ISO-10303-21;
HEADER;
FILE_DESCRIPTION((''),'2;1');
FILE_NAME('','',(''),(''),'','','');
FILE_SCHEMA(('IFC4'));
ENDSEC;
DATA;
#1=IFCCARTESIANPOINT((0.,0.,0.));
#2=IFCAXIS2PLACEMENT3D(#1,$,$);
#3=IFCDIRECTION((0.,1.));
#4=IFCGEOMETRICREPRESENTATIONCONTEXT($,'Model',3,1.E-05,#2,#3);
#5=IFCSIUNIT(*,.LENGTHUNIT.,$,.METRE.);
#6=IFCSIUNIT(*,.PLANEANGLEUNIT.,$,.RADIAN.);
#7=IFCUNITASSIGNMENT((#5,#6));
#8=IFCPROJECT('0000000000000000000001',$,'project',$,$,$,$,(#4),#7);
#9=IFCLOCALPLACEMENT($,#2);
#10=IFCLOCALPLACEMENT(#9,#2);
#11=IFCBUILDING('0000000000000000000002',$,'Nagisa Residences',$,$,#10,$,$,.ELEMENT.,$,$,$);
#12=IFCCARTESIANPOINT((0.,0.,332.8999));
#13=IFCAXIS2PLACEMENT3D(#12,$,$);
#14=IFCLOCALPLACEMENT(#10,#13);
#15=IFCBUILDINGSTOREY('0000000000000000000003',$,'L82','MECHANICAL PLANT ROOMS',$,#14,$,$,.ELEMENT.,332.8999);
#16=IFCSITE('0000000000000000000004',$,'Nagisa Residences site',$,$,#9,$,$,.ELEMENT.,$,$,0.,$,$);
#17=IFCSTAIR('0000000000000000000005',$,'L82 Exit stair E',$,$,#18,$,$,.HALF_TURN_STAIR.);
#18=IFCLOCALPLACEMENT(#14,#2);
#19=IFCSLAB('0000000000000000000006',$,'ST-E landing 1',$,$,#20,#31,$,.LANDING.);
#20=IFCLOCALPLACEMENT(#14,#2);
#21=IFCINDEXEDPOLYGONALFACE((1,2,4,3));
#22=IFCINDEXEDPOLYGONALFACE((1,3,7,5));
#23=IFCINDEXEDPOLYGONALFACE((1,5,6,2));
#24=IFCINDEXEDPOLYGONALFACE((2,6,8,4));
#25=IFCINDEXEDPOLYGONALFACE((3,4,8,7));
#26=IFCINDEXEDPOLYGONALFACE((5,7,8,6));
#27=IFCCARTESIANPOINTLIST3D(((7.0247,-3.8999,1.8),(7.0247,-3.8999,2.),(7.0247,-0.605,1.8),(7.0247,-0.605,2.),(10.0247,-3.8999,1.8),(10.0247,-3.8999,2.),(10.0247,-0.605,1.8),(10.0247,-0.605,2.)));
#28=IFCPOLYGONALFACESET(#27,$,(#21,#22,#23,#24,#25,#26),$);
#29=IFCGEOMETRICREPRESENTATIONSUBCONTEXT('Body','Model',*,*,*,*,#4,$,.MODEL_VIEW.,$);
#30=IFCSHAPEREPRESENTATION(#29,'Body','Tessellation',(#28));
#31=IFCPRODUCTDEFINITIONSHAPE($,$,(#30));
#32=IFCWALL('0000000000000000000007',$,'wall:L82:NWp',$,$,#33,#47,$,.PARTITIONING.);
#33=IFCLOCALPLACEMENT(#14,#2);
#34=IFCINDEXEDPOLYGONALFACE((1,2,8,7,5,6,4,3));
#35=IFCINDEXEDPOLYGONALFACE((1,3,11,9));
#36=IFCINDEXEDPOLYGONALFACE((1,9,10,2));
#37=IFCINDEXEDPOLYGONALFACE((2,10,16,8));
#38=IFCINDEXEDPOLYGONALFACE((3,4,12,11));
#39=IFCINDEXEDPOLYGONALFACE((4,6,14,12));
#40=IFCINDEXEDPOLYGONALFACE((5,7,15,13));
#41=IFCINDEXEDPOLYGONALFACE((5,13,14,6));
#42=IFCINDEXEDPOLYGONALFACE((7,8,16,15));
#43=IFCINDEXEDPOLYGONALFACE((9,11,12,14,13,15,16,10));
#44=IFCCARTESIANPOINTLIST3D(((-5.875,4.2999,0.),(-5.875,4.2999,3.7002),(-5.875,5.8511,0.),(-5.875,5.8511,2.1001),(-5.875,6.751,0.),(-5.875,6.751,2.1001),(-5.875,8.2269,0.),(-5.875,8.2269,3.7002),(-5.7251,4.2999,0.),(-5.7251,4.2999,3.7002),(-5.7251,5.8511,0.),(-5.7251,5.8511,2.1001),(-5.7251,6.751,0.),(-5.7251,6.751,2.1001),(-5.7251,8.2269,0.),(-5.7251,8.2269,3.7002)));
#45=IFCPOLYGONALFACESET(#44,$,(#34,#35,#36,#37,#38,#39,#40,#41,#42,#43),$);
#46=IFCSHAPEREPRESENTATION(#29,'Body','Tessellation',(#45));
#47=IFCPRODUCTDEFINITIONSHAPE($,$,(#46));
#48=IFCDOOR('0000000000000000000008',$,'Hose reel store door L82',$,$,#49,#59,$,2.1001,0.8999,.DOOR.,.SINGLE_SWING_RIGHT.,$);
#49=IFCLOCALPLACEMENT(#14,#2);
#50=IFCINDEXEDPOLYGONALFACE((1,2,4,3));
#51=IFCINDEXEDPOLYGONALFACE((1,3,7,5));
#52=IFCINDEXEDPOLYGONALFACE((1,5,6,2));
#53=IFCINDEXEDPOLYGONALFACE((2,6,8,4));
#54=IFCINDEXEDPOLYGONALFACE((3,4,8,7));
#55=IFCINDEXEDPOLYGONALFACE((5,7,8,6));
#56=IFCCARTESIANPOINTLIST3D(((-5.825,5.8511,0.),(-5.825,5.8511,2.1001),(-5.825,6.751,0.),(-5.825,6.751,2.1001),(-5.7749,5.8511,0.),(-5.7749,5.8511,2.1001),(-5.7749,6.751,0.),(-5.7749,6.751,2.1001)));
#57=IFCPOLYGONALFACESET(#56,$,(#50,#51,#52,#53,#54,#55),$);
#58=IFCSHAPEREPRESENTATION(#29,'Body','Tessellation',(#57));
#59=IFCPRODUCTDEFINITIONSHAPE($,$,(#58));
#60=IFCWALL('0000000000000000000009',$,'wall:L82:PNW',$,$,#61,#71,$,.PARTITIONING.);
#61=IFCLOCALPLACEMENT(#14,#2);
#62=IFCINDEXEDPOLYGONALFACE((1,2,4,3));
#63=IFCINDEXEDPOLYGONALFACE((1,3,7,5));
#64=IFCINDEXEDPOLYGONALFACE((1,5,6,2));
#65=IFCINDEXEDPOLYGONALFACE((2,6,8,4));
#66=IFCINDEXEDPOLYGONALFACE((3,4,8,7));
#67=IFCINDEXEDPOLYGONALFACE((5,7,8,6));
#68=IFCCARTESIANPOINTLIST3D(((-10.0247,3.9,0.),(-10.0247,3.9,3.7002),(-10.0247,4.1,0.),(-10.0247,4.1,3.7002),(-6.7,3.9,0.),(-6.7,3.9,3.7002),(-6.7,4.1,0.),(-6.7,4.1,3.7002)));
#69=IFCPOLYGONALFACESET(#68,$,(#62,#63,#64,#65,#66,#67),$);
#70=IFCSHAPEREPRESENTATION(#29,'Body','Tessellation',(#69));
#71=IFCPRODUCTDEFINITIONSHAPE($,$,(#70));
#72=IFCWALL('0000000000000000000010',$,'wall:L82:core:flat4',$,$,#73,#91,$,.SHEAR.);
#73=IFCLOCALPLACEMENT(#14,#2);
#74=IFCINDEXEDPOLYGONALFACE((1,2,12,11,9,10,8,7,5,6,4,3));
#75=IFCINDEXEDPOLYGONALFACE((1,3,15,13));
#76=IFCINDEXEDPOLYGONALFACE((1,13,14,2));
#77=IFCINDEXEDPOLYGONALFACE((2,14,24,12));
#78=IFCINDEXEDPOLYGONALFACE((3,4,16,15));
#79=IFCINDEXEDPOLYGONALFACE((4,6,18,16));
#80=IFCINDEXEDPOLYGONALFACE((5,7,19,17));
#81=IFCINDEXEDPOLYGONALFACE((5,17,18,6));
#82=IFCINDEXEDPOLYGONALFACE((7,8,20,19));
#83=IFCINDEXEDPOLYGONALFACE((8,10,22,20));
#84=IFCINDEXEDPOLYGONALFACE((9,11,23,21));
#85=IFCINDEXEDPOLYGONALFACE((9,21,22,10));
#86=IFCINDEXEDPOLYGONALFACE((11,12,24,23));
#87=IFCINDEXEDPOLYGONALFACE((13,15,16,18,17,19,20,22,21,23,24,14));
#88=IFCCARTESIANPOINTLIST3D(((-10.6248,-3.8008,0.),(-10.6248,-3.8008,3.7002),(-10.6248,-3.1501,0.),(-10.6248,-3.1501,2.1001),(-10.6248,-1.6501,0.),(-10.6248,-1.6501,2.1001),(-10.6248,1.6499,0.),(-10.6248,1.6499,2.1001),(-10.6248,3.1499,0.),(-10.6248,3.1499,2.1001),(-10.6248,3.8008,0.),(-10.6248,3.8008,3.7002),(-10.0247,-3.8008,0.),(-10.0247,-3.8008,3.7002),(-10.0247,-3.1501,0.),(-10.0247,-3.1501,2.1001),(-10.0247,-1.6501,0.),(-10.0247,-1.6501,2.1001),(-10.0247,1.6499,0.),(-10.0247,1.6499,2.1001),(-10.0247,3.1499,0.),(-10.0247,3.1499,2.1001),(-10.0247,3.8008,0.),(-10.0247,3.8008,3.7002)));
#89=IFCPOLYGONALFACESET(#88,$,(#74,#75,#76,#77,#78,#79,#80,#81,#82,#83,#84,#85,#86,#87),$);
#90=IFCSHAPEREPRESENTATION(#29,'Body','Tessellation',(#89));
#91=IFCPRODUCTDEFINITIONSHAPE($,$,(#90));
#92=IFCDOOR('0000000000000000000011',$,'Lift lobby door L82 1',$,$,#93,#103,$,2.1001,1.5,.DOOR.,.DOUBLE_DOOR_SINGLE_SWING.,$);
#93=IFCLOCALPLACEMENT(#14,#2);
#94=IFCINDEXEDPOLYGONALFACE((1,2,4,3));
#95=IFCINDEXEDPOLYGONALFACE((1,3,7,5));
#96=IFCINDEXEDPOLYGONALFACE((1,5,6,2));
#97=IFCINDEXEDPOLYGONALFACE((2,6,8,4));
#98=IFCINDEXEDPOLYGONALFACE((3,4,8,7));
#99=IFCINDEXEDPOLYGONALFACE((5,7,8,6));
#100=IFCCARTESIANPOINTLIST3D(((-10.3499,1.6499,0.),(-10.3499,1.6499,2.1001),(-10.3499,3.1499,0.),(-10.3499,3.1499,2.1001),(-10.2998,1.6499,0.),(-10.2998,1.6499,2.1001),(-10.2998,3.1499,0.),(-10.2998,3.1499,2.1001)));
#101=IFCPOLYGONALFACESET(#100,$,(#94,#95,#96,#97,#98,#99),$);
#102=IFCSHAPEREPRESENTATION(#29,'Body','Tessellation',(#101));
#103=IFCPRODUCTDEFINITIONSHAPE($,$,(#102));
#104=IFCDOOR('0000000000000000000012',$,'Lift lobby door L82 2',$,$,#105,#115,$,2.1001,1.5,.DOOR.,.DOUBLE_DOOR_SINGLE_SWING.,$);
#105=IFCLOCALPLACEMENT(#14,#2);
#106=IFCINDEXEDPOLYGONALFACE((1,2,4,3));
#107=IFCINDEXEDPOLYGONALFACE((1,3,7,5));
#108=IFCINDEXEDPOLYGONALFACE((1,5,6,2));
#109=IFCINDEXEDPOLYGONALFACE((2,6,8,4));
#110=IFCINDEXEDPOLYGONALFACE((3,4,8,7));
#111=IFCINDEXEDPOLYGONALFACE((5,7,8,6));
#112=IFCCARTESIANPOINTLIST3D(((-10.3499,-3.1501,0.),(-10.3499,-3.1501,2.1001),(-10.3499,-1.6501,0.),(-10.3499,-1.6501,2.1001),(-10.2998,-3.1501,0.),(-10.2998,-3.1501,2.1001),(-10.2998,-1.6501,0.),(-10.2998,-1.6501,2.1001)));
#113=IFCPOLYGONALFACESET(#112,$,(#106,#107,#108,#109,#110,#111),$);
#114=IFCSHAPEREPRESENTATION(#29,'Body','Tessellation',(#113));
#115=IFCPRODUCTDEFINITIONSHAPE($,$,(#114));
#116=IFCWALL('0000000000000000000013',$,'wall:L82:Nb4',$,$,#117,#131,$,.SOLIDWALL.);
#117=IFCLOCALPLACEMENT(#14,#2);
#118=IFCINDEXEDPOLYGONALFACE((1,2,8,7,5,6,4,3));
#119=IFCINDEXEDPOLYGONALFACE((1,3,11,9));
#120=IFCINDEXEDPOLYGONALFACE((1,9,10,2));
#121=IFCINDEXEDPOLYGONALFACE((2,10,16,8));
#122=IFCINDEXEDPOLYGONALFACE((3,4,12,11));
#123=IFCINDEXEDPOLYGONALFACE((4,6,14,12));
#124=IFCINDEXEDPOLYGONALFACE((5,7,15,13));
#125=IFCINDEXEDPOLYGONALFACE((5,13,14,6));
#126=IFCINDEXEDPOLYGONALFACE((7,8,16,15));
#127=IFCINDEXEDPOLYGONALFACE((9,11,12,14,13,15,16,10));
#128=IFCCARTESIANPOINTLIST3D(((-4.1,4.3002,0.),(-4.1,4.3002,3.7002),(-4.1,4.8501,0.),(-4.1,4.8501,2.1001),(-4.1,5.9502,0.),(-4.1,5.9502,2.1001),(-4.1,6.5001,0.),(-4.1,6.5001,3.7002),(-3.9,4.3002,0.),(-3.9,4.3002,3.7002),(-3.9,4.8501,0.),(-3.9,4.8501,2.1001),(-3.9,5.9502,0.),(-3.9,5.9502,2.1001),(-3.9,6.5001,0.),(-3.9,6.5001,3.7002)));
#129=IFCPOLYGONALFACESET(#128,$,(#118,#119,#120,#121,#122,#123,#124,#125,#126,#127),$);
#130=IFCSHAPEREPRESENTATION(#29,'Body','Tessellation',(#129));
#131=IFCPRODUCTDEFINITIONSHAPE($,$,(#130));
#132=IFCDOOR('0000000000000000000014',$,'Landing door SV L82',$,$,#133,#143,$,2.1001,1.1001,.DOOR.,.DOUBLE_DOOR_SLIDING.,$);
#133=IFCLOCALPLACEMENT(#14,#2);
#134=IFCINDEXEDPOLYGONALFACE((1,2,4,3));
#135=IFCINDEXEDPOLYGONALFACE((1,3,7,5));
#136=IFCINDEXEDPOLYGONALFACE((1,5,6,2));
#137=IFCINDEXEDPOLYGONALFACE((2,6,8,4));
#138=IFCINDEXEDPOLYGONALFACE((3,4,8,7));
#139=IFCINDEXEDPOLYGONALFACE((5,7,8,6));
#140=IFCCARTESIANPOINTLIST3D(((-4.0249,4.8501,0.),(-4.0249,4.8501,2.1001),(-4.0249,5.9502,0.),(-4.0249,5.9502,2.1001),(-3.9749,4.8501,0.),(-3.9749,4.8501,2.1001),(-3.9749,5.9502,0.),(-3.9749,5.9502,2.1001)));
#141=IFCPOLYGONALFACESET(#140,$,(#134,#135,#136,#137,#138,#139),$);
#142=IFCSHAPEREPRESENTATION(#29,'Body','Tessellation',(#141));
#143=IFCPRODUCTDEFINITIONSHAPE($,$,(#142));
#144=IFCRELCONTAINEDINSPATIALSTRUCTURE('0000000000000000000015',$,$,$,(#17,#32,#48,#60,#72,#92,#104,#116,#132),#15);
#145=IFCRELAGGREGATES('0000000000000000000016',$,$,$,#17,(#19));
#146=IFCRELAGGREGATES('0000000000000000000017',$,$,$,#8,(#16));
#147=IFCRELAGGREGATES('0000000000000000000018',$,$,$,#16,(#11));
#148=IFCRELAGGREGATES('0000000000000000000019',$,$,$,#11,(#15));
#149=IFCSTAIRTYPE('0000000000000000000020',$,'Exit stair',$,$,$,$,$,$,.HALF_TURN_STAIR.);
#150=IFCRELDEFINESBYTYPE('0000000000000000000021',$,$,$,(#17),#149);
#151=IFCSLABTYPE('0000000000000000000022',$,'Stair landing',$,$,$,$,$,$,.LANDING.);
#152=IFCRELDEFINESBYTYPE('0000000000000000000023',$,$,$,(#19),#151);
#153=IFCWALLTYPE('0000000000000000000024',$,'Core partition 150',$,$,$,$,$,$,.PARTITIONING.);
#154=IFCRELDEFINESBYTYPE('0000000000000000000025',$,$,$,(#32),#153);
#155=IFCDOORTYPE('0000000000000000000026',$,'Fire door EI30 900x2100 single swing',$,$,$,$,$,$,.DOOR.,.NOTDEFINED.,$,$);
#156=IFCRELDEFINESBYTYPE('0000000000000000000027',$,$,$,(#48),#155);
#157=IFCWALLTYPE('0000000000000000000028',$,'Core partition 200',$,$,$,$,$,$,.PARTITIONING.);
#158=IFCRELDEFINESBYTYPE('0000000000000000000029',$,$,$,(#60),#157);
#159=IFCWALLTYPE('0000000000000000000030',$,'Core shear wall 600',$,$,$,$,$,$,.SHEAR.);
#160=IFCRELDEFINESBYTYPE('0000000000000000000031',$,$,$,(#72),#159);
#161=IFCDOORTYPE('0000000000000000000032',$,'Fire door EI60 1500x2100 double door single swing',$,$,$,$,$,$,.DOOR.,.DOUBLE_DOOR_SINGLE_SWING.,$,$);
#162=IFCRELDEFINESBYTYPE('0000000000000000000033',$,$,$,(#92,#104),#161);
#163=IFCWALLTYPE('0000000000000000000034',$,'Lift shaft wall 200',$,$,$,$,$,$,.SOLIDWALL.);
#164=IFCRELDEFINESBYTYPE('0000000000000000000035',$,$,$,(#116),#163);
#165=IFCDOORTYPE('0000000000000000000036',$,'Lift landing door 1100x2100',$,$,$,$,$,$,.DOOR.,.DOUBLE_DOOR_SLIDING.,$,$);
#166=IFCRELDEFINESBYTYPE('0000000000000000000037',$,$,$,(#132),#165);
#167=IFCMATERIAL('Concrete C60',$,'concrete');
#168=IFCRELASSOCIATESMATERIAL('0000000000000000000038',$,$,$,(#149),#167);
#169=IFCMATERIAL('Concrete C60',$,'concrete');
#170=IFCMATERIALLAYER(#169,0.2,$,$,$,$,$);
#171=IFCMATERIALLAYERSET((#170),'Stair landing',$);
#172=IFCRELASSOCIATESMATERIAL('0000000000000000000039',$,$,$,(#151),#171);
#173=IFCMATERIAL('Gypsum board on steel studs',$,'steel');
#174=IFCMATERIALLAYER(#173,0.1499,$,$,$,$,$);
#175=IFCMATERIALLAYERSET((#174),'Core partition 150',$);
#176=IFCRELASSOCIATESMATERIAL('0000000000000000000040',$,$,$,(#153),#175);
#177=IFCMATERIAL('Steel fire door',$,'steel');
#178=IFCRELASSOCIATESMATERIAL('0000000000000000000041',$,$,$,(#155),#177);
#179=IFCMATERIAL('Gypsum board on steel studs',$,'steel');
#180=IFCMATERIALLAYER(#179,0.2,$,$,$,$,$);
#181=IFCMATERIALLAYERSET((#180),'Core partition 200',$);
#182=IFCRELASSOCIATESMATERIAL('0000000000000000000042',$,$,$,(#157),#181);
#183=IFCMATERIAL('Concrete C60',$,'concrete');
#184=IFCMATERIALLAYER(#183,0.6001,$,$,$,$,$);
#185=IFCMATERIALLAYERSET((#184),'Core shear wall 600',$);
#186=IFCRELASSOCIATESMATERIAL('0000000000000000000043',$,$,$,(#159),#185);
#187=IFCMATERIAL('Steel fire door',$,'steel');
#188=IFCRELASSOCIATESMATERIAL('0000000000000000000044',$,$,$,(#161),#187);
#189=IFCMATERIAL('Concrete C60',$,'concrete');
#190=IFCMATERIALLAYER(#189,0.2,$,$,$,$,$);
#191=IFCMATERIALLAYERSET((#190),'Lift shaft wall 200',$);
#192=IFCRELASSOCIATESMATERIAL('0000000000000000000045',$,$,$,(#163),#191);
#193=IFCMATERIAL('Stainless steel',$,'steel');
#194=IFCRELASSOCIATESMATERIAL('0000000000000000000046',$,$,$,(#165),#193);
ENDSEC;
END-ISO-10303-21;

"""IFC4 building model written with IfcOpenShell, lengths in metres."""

from ifc_helpers import new_model, si_unit, direction, frame, frame_2d, origin, place, context, subcontext, project, spatial, polyline, rectangle, outline, extrude, material, layer, layer_set, type_object, element, fill, aggregate, save


model = new_model("IFC4")

# Units and contexts
model_context = context("Model", 3, precision=1e-05, world=origin(), true_north=direction((0.0, 1.0)))
body_context = subcontext(model_context, "Body", "Model", "MODEL_VIEW")
ifc_project = project(units=[si_unit("LENGTHUNIT", "METRE"), si_unit("PLANEANGLEUNIT", "RADIAN")], contexts=[model_context])

# Site, building, storey
site_placement = place(None, origin())
site = spatial("IfcSite", under=ifc_project, at=site_placement, Name="Nagisa Residences site", CompositionType="ELEMENT", RefElevation=0.0)
building_placement = place(site_placement, origin())
building = spatial("IfcBuilding", under=site, at=building_placement, Name="Nagisa Residences", CompositionType="ELEMENT")
storey_placement = place(building_placement, frame((0.0, 0.0, 332.8999)))
storey = spatial("IfcBuildingStorey", under=building, at=storey_placement, Name="L82", Description="MECHANICAL PLANT ROOMS", CompositionType="ELEMENT", Elevation=332.8999)

# Stair, slab
ifc_material_1 = material(Name="Concrete C60", Category="concrete")
stair_type = type_object("IfcStairType", Name="Exit stair", PredefinedType="HALF_TURN_STAIR", material=ifc_material_1)
stair_1_placement = place(storey_placement, origin())
stair_1 = element("IfcStair", 1, at=stair_1_placement, inside=storey, type_object=stair_type, Name="L82 Exit stair E", PredefinedType="HALF_TURN_STAIR")
ifc_material_2 = material(Name="Concrete C60", Category="concrete")
ifc_layer_1 = layer(ifc_material_2, 0.2)
ifc_layer_set_1 = layer_set([ifc_layer_1], Name="Stair landing")
slab_type = type_object("IfcSlabType", Name="Stair landing", PredefinedType="LANDING", material=ifc_layer_set_1)
slab_placement = place(storey_placement, frame((0.0, 0.0, 1.8)))
slab = element("IfcSlab", 2, at=slab_placement, type_object=slab_type, Name="ST-E landing 1", PredefinedType="LANDING", context=body_context, shape_type="SweptSolid", body=[
    extrude(outline(polyline([(7.0247, -0.605), (7.0247, -3.8999), (10.0247, -3.8999), (10.0247, -0.605), (7.0247, -0.605)])), origin(), (0.0, 0.0, 1.0), 0.2),
])
aggregate(stair_1, [slab])

# Wall, opening, door
ifc_material_3 = material(Name="Gypsum board on steel studs", Category="steel")
ifc_layer_2 = layer(ifc_material_3, 0.1499)
ifc_layer_set_2 = layer_set([ifc_layer_2], Name="Core partition 150")
wall_type_1 = type_object("IfcWallType", Name="Core partition 150", PredefinedType="PARTITIONING", material=ifc_layer_set_2)
wall_1_placement = place(storey_placement, frame((-5.8, 4.3, 0.0), z_axis=(0.0, 0.0, 1.0), x_axis=(0.0, 1.0, 0.0)))
wall_1 = element("IfcWall", 3, at=wall_1_placement, inside=storey, type_object=wall_type_1, Name="wall:L82:NWp", PredefinedType="PARTITIONING", context=body_context, shape_type="SweptSolid", body=[
    extrude(rectangle(XDim=3.927, YDim=0.1499, at=frame_2d((1.9634, 0.0))), origin(), (0.0, 0.0, 1.0), 3.7002),
])
opening_1_placement = place(wall_1_placement, frame((1.551, 0.0, 0.0)))
opening_1 = element("IfcOpeningElement", 4, at=opening_1_placement, cuts=wall_1, PredefinedType="OPENING", context=body_context, shape_type="SweptSolid", body=[
    extrude(rectangle(XDim=0.8999, YDim=2.1001, at=frame_2d((0.45, 1.05))), frame((0.0, 0.085, 0.0), z_axis=(0.0, -1.0, 0.0), x_axis=(1.0, 0.0, 0.0)), (0.0, 0.0, 1.0), 0.1699),
])
ifc_material_4 = material(Name="Steel fire door", Category="steel")
door_type_1 = type_object("IfcDoorType", Name="Fire door EI30 900x2100 single swing", OperationType="NOTDEFINED", PredefinedType="DOOR", material=ifc_material_4)
door_1_placement = place(opening_1_placement, origin())
door_1 = element("IfcDoor", 5, at=door_1_placement, inside=storey, type_object=door_type_1, Name="Hose reel store door L82", OperationType="SINGLE_SWING_RIGHT", OverallHeight=2.1001, OverallWidth=0.8999, PredefinedType="DOOR", context=body_context, shape_type="SweptSolid", body=[
    extrude(rectangle(XDim=0.8999, YDim=2.1001, at=frame_2d((0.45, 1.05))), frame((0.0, 0.0249, 0.0), z_axis=(0.0, -1.0, 0.0), x_axis=(1.0, 0.0, 0.0)), (0.0, 0.0, 1.0), 0.05),
])
fill(opening_1, door_1)

# Wall
ifc_material_5 = material(Name="Gypsum board on steel studs", Category="steel")
ifc_layer_3 = layer(ifc_material_5, 0.2)
ifc_layer_set_3 = layer_set([ifc_layer_3], Name="Core partition 200")
wall_type_2 = type_object("IfcWallType", Name="Core partition 200", PredefinedType="PARTITIONING", material=ifc_layer_set_3)
wall_2_placement = place(storey_placement, frame((-10.0247, 4.0, 0.0), z_axis=(0.0, 0.0, 1.0), x_axis=(1.0, 0.0, 0.0)))
element("IfcWall", 6, at=wall_2_placement, inside=storey, type_object=wall_type_2, Name="wall:L82:PNW", PredefinedType="PARTITIONING", context=body_context, shape_type="SweptSolid", body=[
    extrude(rectangle(XDim=3.3247, YDim=0.2, at=frame_2d((1.6624, 0.0))), origin(), (0.0, 0.0, 1.0), 3.7002),
])

# Wall, openings, doors
ifc_material_6 = material(Name="Concrete C60", Category="concrete")
ifc_layer_4 = layer(ifc_material_6, 0.6001)
ifc_layer_set_4 = layer_set([ifc_layer_4], Name="Core shear wall 600")
wall_type_3 = type_object("IfcWallType", Name="Core shear wall 600", PredefinedType="SHEAR", material=ifc_layer_set_4)
wall_3_placement = place(storey_placement, frame((-10.3247, 3.8008, 0.0), z_axis=(0.0, 0.0, 1.0), x_axis=(0.0, -1.0, 0.0)))
wall_3 = element("IfcWall", 7, at=wall_3_placement, inside=storey, type_object=wall_type_3, Name="wall:L82:core:flat4", PredefinedType="SHEAR", context=body_context, shape_type="SweptSolid", body=[
    extrude(rectangle(XDim=7.6016, YDim=0.6001, at=frame_2d((3.8008, 0.0))), origin(), (0.0, 0.0, 1.0), 3.7002),
])
opening_2_placement = place(wall_3_placement, frame((0.6509, 0.0, 0.0)))
opening_2 = element("IfcOpeningElement", 8, at=opening_2_placement, cuts=wall_3, PredefinedType="OPENING", context=body_context, shape_type="SweptSolid", body=[
    extrude(rectangle(XDim=1.5, YDim=2.1001, at=frame_2d((0.75, 1.05))), frame((0.0, 0.3101, 0.0), z_axis=(0.0, -1.0, 0.0), x_axis=(1.0, 0.0, 0.0)), (0.0, 0.0, 1.0), 0.6201),
])
opening_3_placement = place(wall_3_placement, frame((5.4509, 0.0, 0.0)))
opening_3 = element("IfcOpeningElement", 9, at=opening_3_placement, cuts=wall_3, PredefinedType="OPENING", context=body_context, shape_type="SweptSolid", body=[
    extrude(rectangle(XDim=1.5, YDim=2.1001, at=frame_2d((0.75, 1.05))), frame((0.0, 0.3101, 0.0), z_axis=(0.0, -1.0, 0.0), x_axis=(1.0, 0.0, 0.0)), (0.0, 0.0, 1.0), 0.6201),
])
ifc_material_7 = material(Name="Steel fire door", Category="steel")
door_type_2 = type_object("IfcDoorType", Name="Fire door EI60 1500x2100 double door single swing", OperationType="DOUBLE_DOOR_SINGLE_SWING", PredefinedType="DOOR", material=ifc_material_7)
door_2_placement = place(opening_2_placement, origin())
door_2 = element("IfcDoor", 10, at=door_2_placement, inside=storey, type_object=door_type_2, Name="Lift lobby door L82 1", OperationType="DOUBLE_DOOR_SINGLE_SWING", OverallHeight=2.1001, OverallWidth=1.5, PredefinedType="DOOR", context=body_context, shape_type="SweptSolid", body=[
    extrude(rectangle(XDim=1.5, YDim=2.1001, at=frame_2d((0.75, 1.05))), frame((0.0, 0.0249, 0.0), z_axis=(0.0, -1.0, 0.0), x_axis=(1.0, 0.0, 0.0)), (0.0, 0.0, 1.0), 0.05),
])
fill(opening_2, door_2)
door_3_placement = place(opening_3_placement, origin())
door_3 = element("IfcDoor", 11, at=door_3_placement, inside=storey, type_object=door_type_2, Name="Lift lobby door L82 2", OperationType="DOUBLE_DOOR_SINGLE_SWING", OverallHeight=2.1001, OverallWidth=1.5, PredefinedType="DOOR", context=body_context, shape_type="SweptSolid", body=[
    extrude(rectangle(XDim=1.5, YDim=2.1001, at=frame_2d((0.75, 1.05))), frame((0.0, 0.0249, 0.0), z_axis=(0.0, -1.0, 0.0), x_axis=(1.0, 0.0, 0.0)), (0.0, 0.0, 1.0), 0.05),
])
fill(opening_3, door_3)

# Wall, opening, door
ifc_material_8 = material(Name="Concrete C60", Category="concrete")
ifc_layer_5 = layer(ifc_material_8, 0.2)
ifc_layer_set_5 = layer_set([ifc_layer_5], Name="Lift shaft wall 200")
wall_type_4 = type_object("IfcWallType", Name="Lift shaft wall 200", PredefinedType="SOLIDWALL", material=ifc_layer_set_5)
wall_4_placement = place(storey_placement, frame((-4.0, 4.3, 0.0), z_axis=(0.0, 0.0, 1.0), x_axis=(0.0, 1.0, 0.0)))
wall_4 = element("IfcWall", 12, at=wall_4_placement, inside=storey, type_object=wall_type_4, Name="wall:L82:Nb4", PredefinedType="SOLIDWALL", context=body_context, shape_type="SweptSolid", body=[
    extrude(rectangle(XDim=2.2, YDim=0.2, at=frame_2d((1.1001, 0.0))), origin(), (0.0, 0.0, 1.0), 3.7002),
])
opening_4_placement = place(wall_4_placement, frame((0.55, 0.0, 0.0)))
opening_4 = element("IfcOpeningElement", 13, at=opening_4_placement, cuts=wall_4, PredefinedType="OPENING", context=body_context, shape_type="SweptSolid", body=[
    extrude(rectangle(XDim=1.1001, YDim=2.1001, at=frame_2d((0.55, 1.05))), frame((0.0, 0.1099, 0.0), z_axis=(0.0, -1.0, 0.0), x_axis=(1.0, 0.0, 0.0)), (0.0, 0.0, 1.0), 0.22),
])
ifc_material_9 = material(Name="Stainless steel", Category="steel")
door_type_3 = type_object("IfcDoorType", Name="Lift landing door 1100x2100", OperationType="DOUBLE_DOOR_SLIDING", PredefinedType="DOOR", material=ifc_material_9)
door_4_placement = place(opening_4_placement, origin())
door_4 = element("IfcDoor", 14, at=door_4_placement, inside=storey, type_object=door_type_3, Name="Landing door SV L82", OperationType="DOUBLE_DOOR_SLIDING", OverallHeight=2.1001, OverallWidth=1.1001, PredefinedType="DOOR", context=body_context, shape_type="SweptSolid", body=[
    extrude(rectangle(XDim=1.1001, YDim=2.1001, at=frame_2d((0.55, 1.05))), frame((0.0, 0.0249, 0.0), z_axis=(0.0, -1.0, 0.0), x_axis=(1.0, 0.0, 0.0)), (0.0, 0.0, 1.0), 0.05),
])
fill(opening_4, door_4)

save(model, "model.ifc")
